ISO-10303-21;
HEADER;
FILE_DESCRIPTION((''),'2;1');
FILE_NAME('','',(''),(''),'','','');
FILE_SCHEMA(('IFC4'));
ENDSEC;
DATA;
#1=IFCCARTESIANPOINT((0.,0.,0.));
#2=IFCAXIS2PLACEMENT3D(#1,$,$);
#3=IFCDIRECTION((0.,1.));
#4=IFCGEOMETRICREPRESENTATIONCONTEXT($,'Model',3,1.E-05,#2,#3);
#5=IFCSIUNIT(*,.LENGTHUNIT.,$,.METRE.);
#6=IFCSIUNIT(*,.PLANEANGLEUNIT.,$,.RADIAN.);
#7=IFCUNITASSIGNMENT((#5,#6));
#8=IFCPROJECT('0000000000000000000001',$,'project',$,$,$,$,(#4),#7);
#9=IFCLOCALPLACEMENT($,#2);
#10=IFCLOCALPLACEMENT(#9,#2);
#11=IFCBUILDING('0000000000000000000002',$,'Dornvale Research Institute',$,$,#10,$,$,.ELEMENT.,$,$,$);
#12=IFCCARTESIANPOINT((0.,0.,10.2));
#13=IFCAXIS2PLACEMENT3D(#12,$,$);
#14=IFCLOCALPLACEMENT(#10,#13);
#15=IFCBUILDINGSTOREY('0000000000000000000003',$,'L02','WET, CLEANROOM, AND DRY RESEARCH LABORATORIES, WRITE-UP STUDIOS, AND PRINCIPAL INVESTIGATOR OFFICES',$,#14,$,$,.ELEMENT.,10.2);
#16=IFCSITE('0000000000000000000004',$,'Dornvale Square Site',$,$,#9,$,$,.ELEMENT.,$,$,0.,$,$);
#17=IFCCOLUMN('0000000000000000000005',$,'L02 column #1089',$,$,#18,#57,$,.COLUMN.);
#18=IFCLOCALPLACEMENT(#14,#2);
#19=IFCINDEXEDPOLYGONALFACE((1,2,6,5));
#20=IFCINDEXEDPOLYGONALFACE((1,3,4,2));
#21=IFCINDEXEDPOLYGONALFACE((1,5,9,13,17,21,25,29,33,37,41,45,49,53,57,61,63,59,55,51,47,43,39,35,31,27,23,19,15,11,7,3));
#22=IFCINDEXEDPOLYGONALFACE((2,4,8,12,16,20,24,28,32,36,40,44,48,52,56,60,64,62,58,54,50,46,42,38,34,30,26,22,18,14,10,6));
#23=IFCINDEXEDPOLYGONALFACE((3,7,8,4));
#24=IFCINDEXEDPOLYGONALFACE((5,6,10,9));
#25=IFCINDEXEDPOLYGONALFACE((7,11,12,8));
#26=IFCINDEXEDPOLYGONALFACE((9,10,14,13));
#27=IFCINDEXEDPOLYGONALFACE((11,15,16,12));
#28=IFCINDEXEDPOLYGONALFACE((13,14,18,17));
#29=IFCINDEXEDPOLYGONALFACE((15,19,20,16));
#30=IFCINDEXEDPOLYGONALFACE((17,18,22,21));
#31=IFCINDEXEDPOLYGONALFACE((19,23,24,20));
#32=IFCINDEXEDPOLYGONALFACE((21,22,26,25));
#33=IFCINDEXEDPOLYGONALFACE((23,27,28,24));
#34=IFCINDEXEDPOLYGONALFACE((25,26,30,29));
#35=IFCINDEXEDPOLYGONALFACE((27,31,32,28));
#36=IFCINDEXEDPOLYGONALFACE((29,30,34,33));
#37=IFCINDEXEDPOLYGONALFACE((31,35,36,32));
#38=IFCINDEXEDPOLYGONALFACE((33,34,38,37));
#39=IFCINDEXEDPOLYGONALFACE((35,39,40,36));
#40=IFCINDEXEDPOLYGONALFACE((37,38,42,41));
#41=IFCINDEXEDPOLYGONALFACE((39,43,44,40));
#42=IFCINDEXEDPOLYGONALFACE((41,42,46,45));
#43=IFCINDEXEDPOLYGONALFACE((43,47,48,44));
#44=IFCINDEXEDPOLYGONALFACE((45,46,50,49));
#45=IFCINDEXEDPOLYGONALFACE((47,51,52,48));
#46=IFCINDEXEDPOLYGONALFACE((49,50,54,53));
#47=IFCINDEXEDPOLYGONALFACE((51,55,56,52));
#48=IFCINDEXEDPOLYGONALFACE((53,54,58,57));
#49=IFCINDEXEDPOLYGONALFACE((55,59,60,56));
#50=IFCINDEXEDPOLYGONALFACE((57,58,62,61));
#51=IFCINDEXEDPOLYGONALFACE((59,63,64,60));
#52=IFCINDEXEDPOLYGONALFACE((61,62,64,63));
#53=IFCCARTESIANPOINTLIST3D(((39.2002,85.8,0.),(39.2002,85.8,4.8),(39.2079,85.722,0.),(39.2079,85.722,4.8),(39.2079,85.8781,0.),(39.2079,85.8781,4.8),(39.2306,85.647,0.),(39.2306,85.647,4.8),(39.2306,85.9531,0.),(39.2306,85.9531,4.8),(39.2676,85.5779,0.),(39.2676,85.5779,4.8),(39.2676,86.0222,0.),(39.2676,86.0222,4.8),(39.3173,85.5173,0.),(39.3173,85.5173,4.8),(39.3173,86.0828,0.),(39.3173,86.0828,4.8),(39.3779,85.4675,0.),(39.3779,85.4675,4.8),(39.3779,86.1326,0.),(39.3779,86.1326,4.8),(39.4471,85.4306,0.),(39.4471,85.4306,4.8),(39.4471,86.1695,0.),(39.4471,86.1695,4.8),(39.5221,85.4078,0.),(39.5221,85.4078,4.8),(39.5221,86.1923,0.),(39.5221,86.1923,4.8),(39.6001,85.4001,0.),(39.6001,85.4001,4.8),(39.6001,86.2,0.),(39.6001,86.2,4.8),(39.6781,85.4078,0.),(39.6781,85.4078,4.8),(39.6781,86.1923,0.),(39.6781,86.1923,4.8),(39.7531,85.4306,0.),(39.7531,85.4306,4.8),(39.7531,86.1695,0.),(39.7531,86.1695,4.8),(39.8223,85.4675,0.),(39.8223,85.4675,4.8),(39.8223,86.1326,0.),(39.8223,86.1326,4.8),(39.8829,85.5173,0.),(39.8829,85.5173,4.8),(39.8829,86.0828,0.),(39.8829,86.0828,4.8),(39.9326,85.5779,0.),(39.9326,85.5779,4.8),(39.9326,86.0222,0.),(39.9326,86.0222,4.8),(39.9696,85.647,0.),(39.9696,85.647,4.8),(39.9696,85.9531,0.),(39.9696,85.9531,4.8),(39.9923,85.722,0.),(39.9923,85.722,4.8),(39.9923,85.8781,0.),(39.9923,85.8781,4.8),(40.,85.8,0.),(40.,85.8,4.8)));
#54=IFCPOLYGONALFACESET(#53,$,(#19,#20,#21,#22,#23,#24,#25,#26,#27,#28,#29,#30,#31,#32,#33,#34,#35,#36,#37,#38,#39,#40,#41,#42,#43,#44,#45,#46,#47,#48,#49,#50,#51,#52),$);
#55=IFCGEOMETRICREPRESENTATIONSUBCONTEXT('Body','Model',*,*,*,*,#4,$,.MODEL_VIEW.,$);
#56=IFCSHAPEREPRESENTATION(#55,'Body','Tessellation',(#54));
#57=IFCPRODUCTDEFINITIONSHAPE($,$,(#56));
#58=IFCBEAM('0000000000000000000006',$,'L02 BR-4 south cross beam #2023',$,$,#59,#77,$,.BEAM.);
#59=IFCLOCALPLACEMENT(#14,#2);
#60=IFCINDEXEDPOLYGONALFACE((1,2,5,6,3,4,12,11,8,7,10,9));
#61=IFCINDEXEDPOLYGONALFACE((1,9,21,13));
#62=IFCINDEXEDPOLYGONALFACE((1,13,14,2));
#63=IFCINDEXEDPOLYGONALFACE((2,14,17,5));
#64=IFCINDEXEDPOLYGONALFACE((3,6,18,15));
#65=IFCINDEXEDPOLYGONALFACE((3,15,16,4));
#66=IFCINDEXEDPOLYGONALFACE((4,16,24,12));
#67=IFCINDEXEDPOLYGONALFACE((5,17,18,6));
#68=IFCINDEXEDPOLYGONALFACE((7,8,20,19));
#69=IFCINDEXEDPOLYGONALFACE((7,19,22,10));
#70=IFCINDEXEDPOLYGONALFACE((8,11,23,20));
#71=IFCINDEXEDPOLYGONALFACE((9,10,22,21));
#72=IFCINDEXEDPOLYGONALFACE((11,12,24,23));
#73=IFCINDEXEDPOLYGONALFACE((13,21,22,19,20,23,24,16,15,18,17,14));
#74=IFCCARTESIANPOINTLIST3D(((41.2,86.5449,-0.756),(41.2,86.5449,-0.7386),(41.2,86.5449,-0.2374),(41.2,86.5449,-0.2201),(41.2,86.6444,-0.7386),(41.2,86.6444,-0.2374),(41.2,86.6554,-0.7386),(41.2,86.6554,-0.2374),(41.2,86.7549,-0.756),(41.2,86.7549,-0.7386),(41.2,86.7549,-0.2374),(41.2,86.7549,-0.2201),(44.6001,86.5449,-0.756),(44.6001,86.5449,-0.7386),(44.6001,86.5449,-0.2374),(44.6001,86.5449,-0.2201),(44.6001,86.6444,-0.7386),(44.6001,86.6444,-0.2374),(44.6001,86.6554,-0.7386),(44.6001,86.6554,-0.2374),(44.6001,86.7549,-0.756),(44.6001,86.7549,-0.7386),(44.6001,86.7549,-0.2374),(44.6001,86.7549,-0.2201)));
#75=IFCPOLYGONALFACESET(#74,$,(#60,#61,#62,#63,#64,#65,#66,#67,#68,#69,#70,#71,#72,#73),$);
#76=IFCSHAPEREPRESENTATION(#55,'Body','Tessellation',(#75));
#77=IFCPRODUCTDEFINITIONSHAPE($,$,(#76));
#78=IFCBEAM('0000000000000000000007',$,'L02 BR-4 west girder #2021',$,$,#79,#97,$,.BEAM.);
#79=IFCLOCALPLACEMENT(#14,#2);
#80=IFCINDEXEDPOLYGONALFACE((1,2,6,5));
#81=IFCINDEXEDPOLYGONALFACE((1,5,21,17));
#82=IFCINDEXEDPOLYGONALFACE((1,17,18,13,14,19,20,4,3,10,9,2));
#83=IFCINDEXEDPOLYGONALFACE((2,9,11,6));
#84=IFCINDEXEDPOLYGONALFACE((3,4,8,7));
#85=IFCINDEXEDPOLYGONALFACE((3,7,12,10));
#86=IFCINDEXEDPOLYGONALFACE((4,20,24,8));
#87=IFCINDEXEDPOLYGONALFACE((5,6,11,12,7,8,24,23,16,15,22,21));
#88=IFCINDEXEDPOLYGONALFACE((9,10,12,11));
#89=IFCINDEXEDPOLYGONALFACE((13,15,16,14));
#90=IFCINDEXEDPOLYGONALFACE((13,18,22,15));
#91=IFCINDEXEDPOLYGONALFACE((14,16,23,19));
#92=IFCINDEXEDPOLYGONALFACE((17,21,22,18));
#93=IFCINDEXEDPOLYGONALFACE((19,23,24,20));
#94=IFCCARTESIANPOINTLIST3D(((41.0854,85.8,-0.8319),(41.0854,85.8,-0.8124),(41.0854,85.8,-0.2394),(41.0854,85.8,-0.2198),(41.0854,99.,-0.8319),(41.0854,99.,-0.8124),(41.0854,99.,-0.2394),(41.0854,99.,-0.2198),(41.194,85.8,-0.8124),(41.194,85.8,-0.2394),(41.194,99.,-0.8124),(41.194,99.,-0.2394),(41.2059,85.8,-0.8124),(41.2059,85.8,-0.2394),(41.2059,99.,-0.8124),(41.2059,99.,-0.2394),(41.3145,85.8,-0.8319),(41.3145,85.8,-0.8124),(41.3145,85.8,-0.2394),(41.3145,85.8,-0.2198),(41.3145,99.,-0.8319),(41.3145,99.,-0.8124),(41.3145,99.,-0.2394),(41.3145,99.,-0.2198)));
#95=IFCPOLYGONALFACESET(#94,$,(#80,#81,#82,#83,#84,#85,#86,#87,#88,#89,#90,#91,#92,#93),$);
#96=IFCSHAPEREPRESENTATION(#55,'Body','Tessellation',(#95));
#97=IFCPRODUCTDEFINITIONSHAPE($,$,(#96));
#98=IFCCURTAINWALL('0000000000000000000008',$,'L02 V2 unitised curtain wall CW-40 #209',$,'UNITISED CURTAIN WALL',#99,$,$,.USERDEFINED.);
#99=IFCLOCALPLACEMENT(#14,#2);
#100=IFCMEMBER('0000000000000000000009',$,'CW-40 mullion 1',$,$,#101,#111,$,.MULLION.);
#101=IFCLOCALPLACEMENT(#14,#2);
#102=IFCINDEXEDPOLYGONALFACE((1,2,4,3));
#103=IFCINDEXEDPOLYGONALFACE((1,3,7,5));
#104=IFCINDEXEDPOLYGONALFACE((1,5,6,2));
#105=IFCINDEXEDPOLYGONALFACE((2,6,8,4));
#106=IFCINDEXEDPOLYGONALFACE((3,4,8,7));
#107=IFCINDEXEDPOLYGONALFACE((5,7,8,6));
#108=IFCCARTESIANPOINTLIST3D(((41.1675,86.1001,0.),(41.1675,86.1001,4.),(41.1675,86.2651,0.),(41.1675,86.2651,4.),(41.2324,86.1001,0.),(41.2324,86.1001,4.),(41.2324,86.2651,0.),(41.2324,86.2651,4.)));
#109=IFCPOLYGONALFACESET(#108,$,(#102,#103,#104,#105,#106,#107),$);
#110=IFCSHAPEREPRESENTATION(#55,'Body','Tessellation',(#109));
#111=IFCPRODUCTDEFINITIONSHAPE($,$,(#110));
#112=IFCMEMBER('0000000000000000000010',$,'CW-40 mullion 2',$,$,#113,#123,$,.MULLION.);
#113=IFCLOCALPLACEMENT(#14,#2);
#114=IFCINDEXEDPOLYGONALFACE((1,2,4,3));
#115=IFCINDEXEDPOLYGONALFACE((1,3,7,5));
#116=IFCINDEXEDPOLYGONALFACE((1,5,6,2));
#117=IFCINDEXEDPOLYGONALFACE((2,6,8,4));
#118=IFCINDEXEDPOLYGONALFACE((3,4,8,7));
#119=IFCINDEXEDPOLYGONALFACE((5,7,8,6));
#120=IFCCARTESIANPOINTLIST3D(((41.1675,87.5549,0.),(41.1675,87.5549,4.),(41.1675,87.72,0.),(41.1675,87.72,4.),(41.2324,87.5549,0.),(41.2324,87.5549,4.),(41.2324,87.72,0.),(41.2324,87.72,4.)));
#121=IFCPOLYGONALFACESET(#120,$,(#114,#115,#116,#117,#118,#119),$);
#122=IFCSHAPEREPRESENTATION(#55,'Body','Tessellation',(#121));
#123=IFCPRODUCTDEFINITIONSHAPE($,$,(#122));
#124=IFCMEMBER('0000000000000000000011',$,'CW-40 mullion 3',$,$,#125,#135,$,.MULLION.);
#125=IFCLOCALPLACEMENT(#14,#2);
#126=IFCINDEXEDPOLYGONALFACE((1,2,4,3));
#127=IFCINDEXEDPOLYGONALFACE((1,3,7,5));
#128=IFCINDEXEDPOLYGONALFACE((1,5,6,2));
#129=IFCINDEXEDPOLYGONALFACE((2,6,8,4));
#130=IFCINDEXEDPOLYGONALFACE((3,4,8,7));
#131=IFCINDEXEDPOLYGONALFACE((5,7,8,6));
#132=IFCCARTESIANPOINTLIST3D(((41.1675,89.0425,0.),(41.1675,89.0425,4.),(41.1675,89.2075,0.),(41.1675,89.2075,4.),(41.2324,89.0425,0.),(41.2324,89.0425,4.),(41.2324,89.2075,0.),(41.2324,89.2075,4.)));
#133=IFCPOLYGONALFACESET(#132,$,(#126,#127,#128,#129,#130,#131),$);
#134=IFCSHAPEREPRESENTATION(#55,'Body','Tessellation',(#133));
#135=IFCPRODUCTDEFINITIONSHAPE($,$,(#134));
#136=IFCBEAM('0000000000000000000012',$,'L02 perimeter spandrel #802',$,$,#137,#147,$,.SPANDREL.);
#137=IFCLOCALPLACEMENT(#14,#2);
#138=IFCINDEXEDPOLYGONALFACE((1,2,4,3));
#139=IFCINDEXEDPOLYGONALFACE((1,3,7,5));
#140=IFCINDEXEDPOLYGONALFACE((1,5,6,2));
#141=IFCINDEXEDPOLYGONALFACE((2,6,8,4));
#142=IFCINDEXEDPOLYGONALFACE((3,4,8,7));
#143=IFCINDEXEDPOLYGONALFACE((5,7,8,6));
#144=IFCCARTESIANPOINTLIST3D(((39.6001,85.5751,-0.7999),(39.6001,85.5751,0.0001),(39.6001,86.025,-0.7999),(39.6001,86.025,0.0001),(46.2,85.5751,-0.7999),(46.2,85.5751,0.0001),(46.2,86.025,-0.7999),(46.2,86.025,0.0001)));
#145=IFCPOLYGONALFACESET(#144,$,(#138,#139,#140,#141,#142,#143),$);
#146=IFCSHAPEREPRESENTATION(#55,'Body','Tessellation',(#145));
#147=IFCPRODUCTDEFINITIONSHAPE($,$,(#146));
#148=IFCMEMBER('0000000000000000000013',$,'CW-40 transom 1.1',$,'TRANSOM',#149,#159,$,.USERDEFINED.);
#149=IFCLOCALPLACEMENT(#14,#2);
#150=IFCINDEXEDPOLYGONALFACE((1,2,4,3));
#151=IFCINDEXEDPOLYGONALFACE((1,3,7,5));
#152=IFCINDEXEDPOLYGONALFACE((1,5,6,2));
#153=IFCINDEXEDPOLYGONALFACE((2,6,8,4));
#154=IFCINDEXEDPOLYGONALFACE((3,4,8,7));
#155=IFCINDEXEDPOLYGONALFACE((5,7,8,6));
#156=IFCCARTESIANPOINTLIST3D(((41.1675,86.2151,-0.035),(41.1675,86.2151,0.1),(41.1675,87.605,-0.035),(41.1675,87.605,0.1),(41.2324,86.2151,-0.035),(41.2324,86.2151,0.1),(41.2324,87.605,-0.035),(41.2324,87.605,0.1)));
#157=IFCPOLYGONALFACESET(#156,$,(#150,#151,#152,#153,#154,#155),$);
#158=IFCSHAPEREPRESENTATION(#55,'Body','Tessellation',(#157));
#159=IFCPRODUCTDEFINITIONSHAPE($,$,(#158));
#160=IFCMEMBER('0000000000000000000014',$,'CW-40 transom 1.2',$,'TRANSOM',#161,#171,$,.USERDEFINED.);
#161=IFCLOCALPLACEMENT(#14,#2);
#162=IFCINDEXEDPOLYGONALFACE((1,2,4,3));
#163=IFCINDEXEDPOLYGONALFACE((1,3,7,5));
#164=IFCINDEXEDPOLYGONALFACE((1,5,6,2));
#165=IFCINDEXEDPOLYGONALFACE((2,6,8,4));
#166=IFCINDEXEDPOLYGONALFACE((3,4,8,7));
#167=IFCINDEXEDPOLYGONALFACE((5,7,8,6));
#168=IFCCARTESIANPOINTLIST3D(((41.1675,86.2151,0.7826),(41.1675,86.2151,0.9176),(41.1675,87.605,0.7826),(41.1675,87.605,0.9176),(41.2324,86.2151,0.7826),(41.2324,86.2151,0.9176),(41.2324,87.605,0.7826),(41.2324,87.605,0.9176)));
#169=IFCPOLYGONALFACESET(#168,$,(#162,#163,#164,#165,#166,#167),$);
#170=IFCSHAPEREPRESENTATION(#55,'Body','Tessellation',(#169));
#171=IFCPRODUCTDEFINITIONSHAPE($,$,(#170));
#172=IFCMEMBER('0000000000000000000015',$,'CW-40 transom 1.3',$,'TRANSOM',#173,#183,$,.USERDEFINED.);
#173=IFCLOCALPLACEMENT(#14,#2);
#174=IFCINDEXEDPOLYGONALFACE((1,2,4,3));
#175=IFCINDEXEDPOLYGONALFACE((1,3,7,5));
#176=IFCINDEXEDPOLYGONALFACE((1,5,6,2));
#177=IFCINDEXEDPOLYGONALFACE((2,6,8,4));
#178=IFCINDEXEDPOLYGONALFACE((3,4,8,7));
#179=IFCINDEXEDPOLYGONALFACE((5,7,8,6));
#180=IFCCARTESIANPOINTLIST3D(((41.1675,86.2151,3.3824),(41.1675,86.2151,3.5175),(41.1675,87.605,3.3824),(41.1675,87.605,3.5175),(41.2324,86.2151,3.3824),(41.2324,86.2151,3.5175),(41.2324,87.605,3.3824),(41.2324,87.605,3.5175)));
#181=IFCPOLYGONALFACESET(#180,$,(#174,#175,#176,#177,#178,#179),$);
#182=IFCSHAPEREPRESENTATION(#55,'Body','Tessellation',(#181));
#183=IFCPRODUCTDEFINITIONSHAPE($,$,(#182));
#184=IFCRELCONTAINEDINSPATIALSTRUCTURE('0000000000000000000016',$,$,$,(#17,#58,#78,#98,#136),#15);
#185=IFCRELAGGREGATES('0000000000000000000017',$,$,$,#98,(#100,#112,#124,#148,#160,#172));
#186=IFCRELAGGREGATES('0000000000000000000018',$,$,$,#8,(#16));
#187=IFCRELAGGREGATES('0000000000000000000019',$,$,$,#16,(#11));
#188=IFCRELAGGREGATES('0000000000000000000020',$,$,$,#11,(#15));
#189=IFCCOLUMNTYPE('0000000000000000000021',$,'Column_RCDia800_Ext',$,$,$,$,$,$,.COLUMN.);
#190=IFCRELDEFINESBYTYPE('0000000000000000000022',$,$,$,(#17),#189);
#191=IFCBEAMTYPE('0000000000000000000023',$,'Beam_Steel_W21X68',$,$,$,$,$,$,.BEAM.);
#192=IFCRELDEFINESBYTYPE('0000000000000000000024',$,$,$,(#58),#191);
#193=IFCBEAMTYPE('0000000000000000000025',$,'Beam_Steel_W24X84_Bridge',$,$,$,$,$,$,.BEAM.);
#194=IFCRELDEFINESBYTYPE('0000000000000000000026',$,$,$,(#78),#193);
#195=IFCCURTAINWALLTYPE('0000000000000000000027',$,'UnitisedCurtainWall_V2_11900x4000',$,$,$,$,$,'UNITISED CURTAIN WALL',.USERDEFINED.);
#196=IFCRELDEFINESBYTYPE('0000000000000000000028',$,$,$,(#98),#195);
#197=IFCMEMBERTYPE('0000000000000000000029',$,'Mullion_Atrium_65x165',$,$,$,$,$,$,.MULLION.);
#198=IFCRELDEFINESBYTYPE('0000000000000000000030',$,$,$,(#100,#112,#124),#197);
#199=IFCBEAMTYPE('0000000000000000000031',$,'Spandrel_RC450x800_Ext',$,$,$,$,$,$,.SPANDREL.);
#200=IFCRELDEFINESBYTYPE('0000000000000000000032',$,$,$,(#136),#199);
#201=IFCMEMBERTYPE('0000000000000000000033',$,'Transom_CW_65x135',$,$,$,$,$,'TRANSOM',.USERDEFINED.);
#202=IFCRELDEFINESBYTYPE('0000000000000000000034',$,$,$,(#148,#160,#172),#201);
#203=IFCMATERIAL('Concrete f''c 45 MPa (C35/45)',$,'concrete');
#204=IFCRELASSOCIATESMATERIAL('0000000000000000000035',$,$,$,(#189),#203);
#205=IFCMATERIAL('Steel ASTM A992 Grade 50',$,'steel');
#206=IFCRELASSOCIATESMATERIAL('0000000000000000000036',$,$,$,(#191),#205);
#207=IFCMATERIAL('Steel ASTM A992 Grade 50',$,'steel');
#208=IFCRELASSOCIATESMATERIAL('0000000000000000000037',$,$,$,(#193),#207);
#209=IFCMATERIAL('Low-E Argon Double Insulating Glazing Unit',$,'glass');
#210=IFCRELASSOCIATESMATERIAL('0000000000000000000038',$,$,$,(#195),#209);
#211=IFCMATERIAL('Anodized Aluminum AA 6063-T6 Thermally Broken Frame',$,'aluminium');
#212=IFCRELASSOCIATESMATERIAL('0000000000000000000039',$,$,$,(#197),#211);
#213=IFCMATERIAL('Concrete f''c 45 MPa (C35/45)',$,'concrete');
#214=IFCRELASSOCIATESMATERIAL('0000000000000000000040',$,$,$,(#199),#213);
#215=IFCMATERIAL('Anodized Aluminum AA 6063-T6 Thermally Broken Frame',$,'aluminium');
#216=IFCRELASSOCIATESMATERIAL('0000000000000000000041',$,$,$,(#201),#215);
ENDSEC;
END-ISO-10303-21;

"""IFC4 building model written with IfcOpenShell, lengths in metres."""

from ifc_helpers import new_model, si_unit, direction, frame, origin, origin_2d, place, context, subcontext, project, spatial, rectangle, circle, i_section, extrude, material, material_profile, profile_set, type_object, element, aggregate, save


model = new_model("IFC4")

# Units and contexts
model_context = context("Model", 3, precision=1e-05, world=origin(), true_north=direction((0.0, 1.0)))
body_context = subcontext(model_context, "Body", "Model", "MODEL_VIEW")
ifc_project = project(units=[si_unit("LENGTHUNIT", "METRE"), si_unit("PLANEANGLEUNIT", "RADIAN")], contexts=[model_context])

# Site, building, storey
site_placement = place(None, origin())
site = spatial("IfcSite", under=ifc_project, at=site_placement, Name="Dornvale Square Site", CompositionType="ELEMENT", RefElevation=0.0)
building_placement = place(site_placement, origin())
building = spatial("IfcBuilding", under=site, at=building_placement, Name="Dornvale Research Institute", CompositionType="ELEMENT")
storey_placement = place(building_placement, frame((0.0, 0.0, 10.2)))
storey = spatial("IfcBuildingStorey", under=building, at=storey_placement, Name="L02", Description="WET, CLEANROOM, AND DRY RESEARCH LABORATORIES, WRITE-UP STUDIOS, AND PRINCIPAL INVESTIGATOR OFFICES", CompositionType="ELEMENT", Elevation=10.2)

# Column
ifc_material_1 = material(Name="Concrete f'c 45 MPa (C35/45)", Category="concrete")
ifc_material_profile_1 = material_profile(ifc_material_1, circle(Radius=0.3999, at=origin_2d()), Name="RC DIA 800")
ifc_profile_set_1 = profile_set([ifc_material_profile_1], Name="Concrete f'c 45 MPa (C35/45)")
column_type = type_object("IfcColumnType", Name="Column_RCDia800_Ext", PredefinedType="COLUMN", material=ifc_profile_set_1)
column_placement = place(storey_placement, frame((39.6001, 85.8, 0.0), z_axis=(0.0, 0.0, 1.0), x_axis=(1.0, 0.0, 0.0)))
element("IfcColumn", 1, at=column_placement, inside=storey, type_object=column_type, Name="L02 column #1089", PredefinedType="COLUMN", context=body_context, shape_type="SweptSolid", body=[
    extrude(circle(Radius=0.3999, at=origin_2d()), origin(), (0.0, 0.0, 1.0), 4.8),
])

# Beams
ifc_material_2 = material(Name="Steel ASTM A992 Grade 50", Category="steel")
ifc_material_profile_2 = material_profile(ifc_material_2, i_section(OverallWidth=0.21, OverallDepth=0.5359, WebThickness=0.011, FlangeThickness=0.0173, at=origin_2d()), Name="W21X68")
ifc_profile_set_2 = profile_set([ifc_material_profile_2], Name="Steel ASTM A992 Grade 50")
beam_type_1 = type_object("IfcBeamType", Name="Beam_Steel_W21X68", PredefinedType="BEAM", material=ifc_profile_set_2)
beam_1_placement = place(storey_placement, frame((41.2, 86.6499, -0.488), z_axis=(1.0, 0.0, 0.0), x_axis=(0.0, 1.0, 0.0)))
element("IfcBeam", 2, at=beam_1_placement, inside=storey, type_object=beam_type_1, Name="L02 BR-4 south cross beam #2023", PredefinedType="BEAM", context=body_context, shape_type="SweptSolid", body=[
    extrude(i_section(OverallWidth=0.21, OverallDepth=0.5359, WebThickness=0.011, FlangeThickness=0.0173, at=origin_2d()), origin(), (0.0, 0.0, 1.0), 3.4001),
])
ifc_material_3 = material(Name="Steel ASTM A992 Grade 50", Category="steel")
ifc_material_profile_3 = material_profile(ifc_material_3, i_section(OverallWidth=0.229, OverallDepth=0.6121, WebThickness=0.012, FlangeThickness=0.0195, at=origin_2d()), Name="W24X84")
ifc_profile_set_3 = profile_set([ifc_material_profile_3], Name="Steel ASTM A992 Grade 50")
beam_type_2 = type_object("IfcBeamType", Name="Beam_Steel_W24X84_Bridge", PredefinedType="BEAM", material=ifc_profile_set_3)
beam_2_placement = place(storey_placement, frame((41.2, 85.8, -0.5259), z_axis=(0.0, 1.0, 0.0), x_axis=(-1.0, 0.0, 0.0)))
element("IfcBeam", 3, at=beam_2_placement, inside=storey, type_object=beam_type_2, Name="L02 BR-4 west girder #2021", PredefinedType="BEAM", context=body_context, shape_type="SweptSolid", body=[
    extrude(i_section(OverallWidth=0.229, OverallDepth=0.6121, WebThickness=0.012, FlangeThickness=0.0195, at=origin_2d()), origin(), (0.0, 0.0, 1.0), 13.2),
])

# Curtain wall, members
ifc_material_4 = material(Name="Low-E Argon Double Insulating Glazing Unit", Category="glass")
curtain_wall_type = type_object("IfcCurtainWallType", Name="UnitisedCurtainWall_V2_11900x4000", ElementType="UNITISED CURTAIN WALL", PredefinedType="USERDEFINED", material=ifc_material_4)
curtain_wall_placement = place(storey_placement, origin())
curtain_wall = element("IfcCurtainWall", 4, at=curtain_wall_placement, inside=storey, type_object=curtain_wall_type, Name="L02 V2 unitised curtain wall CW-40 #209", ObjectType="UNITISED CURTAIN WALL", PredefinedType="USERDEFINED")
ifc_material_5 = material(Name="Anodized Aluminum AA 6063-T6 Thermally Broken Frame", Category="aluminium")
ifc_material_profile_4 = material_profile(ifc_material_5, rectangle(XDim=0.0649, YDim=0.165, at=origin_2d()), Name="ALU MULLION 65x165")
ifc_profile_set_4 = profile_set([ifc_material_profile_4], Name="Anodized Aluminum AA 6063-T6 Thermally Broken Frame")
member_type_1 = type_object("IfcMemberType", Name="Mullion_Atrium_65x165", PredefinedType="MULLION", material=ifc_profile_set_4)
member_1_placement = place(storey_placement, frame((41.2, 86.1826, 0.0), z_axis=(0.0, 0.0, 1.0), x_axis=(-1.0, 0.0, 0.0)))
member_1 = element("IfcMember", 5, at=member_1_placement, type_object=member_type_1, Name="CW-40 mullion 1", PredefinedType="MULLION", context=body_context, shape_type="SweptSolid", body=[
    extrude(rectangle(XDim=0.0649, YDim=0.165, at=origin_2d()), origin(), (0.0, 0.0, 1.0), 4.0),
])
member_2_placement = place(storey_placement, frame((41.2, 87.6375, 0.0), z_axis=(0.0, 0.0, 1.0), x_axis=(-1.0, 0.0, 0.0)))
member_2 = element("IfcMember", 6, at=member_2_placement, type_object=member_type_1, Name="CW-40 mullion 2", PredefinedType="MULLION", context=body_context, shape_type="SweptSolid", body=[
    extrude(rectangle(XDim=0.0649, YDim=0.165, at=origin_2d()), origin(), (0.0, 0.0, 1.0), 4.0),
])
member_3_placement = place(storey_placement, frame((41.2, 89.125, 0.0), z_axis=(0.0, 0.0, 1.0), x_axis=(-1.0, 0.0, 0.0)))
member_3 = element("IfcMember", 7, at=member_3_placement, type_object=member_type_1, Name="CW-40 mullion 3", PredefinedType="MULLION", context=body_context, shape_type="SweptSolid", body=[
    extrude(rectangle(XDim=0.0649, YDim=0.165, at=origin_2d()), origin(), (0.0, 0.0, 1.0), 4.0),
])

# Beam
ifc_material_6 = material(Name="Concrete f'c 45 MPa (C35/45)", Category="concrete")
ifc_material_profile_5 = material_profile(ifc_material_6, rectangle(XDim=0.45, YDim=0.8, at=origin_2d()), Name="RC 450x800")
ifc_profile_set_5 = profile_set([ifc_material_profile_5], Name="Concrete f'c 45 MPa (C35/45)")
beam_type_3 = type_object("IfcBeamType", Name="Spandrel_RC450x800_Ext", PredefinedType="SPANDREL", material=ifc_profile_set_5)
beam_3_placement = place(storey_placement, frame((39.6001, 85.8, -0.3999), z_axis=(1.0, 0.0, 0.0), x_axis=(0.0, 1.0, 0.0)))
element("IfcBeam", 8, at=beam_3_placement, inside=storey, type_object=beam_type_3, Name="L02 perimeter spandrel #802", PredefinedType="SPANDREL", context=body_context, shape_type="SweptSolid", body=[
    extrude(rectangle(XDim=0.45, YDim=0.8, at=origin_2d()), origin(), (0.0, 0.0, 1.0), 6.5999),
])

# Members
ifc_material_7 = material(Name="Anodized Aluminum AA 6063-T6 Thermally Broken Frame", Category="aluminium")
ifc_material_profile_6 = material_profile(ifc_material_7, rectangle(XDim=0.0649, YDim=0.135, at=origin_2d()), Name="ALU TRANSOM 65x135")
ifc_profile_set_6 = profile_set([ifc_material_profile_6], Name="Anodized Aluminum AA 6063-T6 Thermally Broken Frame")
member_type_2 = type_object("IfcMemberType", Name="Transom_CW_65x135", ElementType="TRANSOM", PredefinedType="USERDEFINED", material=ifc_profile_set_6)
member_4_placement = place(storey_placement, frame((41.2, 86.2151, 0.0325), z_axis=(0.0, 1.0, 0.0), x_axis=(-1.0, 0.0, 0.0)))
member_4 = element("IfcMember", 9, at=member_4_placement, type_object=member_type_2, Name="CW-40 transom 1.1", ObjectType="TRANSOM", PredefinedType="USERDEFINED", context=body_context, shape_type="SweptSolid", body=[
    extrude(rectangle(XDim=0.0649, YDim=0.135, at=origin_2d()), origin(), (0.0, 0.0, 1.0), 1.3899),
])
member_5_placement = place(storey_placement, frame((41.2, 86.2151, 0.8501), z_axis=(0.0, 1.0, 0.0), x_axis=(-1.0, 0.0, 0.0)))
member_5 = element("IfcMember", 10, at=member_5_placement, type_object=member_type_2, Name="CW-40 transom 1.2", ObjectType="TRANSOM", PredefinedType="USERDEFINED", context=body_context, shape_type="SweptSolid", body=[
    extrude(rectangle(XDim=0.0649, YDim=0.135, at=origin_2d()), origin(), (0.0, 0.0, 1.0), 1.3899),
])
member_6_placement = place(storey_placement, frame((41.2, 86.2151, 3.45), z_axis=(0.0, 1.0, 0.0), x_axis=(-1.0, 0.0, 0.0)))
member_6 = element("IfcMember", 11, at=member_6_placement, type_object=member_type_2, Name="CW-40 transom 1.3", ObjectType="TRANSOM", PredefinedType="USERDEFINED", context=body_context, shape_type="SweptSolid", body=[
    extrude(rectangle(XDim=0.0649, YDim=0.135, at=origin_2d()), origin(), (0.0, 0.0, 1.0), 1.3899),
])

aggregate(curtain_wall, [member_1, member_2, member_3, member_4, member_5, member_6])

save(model, "model.ifc")
